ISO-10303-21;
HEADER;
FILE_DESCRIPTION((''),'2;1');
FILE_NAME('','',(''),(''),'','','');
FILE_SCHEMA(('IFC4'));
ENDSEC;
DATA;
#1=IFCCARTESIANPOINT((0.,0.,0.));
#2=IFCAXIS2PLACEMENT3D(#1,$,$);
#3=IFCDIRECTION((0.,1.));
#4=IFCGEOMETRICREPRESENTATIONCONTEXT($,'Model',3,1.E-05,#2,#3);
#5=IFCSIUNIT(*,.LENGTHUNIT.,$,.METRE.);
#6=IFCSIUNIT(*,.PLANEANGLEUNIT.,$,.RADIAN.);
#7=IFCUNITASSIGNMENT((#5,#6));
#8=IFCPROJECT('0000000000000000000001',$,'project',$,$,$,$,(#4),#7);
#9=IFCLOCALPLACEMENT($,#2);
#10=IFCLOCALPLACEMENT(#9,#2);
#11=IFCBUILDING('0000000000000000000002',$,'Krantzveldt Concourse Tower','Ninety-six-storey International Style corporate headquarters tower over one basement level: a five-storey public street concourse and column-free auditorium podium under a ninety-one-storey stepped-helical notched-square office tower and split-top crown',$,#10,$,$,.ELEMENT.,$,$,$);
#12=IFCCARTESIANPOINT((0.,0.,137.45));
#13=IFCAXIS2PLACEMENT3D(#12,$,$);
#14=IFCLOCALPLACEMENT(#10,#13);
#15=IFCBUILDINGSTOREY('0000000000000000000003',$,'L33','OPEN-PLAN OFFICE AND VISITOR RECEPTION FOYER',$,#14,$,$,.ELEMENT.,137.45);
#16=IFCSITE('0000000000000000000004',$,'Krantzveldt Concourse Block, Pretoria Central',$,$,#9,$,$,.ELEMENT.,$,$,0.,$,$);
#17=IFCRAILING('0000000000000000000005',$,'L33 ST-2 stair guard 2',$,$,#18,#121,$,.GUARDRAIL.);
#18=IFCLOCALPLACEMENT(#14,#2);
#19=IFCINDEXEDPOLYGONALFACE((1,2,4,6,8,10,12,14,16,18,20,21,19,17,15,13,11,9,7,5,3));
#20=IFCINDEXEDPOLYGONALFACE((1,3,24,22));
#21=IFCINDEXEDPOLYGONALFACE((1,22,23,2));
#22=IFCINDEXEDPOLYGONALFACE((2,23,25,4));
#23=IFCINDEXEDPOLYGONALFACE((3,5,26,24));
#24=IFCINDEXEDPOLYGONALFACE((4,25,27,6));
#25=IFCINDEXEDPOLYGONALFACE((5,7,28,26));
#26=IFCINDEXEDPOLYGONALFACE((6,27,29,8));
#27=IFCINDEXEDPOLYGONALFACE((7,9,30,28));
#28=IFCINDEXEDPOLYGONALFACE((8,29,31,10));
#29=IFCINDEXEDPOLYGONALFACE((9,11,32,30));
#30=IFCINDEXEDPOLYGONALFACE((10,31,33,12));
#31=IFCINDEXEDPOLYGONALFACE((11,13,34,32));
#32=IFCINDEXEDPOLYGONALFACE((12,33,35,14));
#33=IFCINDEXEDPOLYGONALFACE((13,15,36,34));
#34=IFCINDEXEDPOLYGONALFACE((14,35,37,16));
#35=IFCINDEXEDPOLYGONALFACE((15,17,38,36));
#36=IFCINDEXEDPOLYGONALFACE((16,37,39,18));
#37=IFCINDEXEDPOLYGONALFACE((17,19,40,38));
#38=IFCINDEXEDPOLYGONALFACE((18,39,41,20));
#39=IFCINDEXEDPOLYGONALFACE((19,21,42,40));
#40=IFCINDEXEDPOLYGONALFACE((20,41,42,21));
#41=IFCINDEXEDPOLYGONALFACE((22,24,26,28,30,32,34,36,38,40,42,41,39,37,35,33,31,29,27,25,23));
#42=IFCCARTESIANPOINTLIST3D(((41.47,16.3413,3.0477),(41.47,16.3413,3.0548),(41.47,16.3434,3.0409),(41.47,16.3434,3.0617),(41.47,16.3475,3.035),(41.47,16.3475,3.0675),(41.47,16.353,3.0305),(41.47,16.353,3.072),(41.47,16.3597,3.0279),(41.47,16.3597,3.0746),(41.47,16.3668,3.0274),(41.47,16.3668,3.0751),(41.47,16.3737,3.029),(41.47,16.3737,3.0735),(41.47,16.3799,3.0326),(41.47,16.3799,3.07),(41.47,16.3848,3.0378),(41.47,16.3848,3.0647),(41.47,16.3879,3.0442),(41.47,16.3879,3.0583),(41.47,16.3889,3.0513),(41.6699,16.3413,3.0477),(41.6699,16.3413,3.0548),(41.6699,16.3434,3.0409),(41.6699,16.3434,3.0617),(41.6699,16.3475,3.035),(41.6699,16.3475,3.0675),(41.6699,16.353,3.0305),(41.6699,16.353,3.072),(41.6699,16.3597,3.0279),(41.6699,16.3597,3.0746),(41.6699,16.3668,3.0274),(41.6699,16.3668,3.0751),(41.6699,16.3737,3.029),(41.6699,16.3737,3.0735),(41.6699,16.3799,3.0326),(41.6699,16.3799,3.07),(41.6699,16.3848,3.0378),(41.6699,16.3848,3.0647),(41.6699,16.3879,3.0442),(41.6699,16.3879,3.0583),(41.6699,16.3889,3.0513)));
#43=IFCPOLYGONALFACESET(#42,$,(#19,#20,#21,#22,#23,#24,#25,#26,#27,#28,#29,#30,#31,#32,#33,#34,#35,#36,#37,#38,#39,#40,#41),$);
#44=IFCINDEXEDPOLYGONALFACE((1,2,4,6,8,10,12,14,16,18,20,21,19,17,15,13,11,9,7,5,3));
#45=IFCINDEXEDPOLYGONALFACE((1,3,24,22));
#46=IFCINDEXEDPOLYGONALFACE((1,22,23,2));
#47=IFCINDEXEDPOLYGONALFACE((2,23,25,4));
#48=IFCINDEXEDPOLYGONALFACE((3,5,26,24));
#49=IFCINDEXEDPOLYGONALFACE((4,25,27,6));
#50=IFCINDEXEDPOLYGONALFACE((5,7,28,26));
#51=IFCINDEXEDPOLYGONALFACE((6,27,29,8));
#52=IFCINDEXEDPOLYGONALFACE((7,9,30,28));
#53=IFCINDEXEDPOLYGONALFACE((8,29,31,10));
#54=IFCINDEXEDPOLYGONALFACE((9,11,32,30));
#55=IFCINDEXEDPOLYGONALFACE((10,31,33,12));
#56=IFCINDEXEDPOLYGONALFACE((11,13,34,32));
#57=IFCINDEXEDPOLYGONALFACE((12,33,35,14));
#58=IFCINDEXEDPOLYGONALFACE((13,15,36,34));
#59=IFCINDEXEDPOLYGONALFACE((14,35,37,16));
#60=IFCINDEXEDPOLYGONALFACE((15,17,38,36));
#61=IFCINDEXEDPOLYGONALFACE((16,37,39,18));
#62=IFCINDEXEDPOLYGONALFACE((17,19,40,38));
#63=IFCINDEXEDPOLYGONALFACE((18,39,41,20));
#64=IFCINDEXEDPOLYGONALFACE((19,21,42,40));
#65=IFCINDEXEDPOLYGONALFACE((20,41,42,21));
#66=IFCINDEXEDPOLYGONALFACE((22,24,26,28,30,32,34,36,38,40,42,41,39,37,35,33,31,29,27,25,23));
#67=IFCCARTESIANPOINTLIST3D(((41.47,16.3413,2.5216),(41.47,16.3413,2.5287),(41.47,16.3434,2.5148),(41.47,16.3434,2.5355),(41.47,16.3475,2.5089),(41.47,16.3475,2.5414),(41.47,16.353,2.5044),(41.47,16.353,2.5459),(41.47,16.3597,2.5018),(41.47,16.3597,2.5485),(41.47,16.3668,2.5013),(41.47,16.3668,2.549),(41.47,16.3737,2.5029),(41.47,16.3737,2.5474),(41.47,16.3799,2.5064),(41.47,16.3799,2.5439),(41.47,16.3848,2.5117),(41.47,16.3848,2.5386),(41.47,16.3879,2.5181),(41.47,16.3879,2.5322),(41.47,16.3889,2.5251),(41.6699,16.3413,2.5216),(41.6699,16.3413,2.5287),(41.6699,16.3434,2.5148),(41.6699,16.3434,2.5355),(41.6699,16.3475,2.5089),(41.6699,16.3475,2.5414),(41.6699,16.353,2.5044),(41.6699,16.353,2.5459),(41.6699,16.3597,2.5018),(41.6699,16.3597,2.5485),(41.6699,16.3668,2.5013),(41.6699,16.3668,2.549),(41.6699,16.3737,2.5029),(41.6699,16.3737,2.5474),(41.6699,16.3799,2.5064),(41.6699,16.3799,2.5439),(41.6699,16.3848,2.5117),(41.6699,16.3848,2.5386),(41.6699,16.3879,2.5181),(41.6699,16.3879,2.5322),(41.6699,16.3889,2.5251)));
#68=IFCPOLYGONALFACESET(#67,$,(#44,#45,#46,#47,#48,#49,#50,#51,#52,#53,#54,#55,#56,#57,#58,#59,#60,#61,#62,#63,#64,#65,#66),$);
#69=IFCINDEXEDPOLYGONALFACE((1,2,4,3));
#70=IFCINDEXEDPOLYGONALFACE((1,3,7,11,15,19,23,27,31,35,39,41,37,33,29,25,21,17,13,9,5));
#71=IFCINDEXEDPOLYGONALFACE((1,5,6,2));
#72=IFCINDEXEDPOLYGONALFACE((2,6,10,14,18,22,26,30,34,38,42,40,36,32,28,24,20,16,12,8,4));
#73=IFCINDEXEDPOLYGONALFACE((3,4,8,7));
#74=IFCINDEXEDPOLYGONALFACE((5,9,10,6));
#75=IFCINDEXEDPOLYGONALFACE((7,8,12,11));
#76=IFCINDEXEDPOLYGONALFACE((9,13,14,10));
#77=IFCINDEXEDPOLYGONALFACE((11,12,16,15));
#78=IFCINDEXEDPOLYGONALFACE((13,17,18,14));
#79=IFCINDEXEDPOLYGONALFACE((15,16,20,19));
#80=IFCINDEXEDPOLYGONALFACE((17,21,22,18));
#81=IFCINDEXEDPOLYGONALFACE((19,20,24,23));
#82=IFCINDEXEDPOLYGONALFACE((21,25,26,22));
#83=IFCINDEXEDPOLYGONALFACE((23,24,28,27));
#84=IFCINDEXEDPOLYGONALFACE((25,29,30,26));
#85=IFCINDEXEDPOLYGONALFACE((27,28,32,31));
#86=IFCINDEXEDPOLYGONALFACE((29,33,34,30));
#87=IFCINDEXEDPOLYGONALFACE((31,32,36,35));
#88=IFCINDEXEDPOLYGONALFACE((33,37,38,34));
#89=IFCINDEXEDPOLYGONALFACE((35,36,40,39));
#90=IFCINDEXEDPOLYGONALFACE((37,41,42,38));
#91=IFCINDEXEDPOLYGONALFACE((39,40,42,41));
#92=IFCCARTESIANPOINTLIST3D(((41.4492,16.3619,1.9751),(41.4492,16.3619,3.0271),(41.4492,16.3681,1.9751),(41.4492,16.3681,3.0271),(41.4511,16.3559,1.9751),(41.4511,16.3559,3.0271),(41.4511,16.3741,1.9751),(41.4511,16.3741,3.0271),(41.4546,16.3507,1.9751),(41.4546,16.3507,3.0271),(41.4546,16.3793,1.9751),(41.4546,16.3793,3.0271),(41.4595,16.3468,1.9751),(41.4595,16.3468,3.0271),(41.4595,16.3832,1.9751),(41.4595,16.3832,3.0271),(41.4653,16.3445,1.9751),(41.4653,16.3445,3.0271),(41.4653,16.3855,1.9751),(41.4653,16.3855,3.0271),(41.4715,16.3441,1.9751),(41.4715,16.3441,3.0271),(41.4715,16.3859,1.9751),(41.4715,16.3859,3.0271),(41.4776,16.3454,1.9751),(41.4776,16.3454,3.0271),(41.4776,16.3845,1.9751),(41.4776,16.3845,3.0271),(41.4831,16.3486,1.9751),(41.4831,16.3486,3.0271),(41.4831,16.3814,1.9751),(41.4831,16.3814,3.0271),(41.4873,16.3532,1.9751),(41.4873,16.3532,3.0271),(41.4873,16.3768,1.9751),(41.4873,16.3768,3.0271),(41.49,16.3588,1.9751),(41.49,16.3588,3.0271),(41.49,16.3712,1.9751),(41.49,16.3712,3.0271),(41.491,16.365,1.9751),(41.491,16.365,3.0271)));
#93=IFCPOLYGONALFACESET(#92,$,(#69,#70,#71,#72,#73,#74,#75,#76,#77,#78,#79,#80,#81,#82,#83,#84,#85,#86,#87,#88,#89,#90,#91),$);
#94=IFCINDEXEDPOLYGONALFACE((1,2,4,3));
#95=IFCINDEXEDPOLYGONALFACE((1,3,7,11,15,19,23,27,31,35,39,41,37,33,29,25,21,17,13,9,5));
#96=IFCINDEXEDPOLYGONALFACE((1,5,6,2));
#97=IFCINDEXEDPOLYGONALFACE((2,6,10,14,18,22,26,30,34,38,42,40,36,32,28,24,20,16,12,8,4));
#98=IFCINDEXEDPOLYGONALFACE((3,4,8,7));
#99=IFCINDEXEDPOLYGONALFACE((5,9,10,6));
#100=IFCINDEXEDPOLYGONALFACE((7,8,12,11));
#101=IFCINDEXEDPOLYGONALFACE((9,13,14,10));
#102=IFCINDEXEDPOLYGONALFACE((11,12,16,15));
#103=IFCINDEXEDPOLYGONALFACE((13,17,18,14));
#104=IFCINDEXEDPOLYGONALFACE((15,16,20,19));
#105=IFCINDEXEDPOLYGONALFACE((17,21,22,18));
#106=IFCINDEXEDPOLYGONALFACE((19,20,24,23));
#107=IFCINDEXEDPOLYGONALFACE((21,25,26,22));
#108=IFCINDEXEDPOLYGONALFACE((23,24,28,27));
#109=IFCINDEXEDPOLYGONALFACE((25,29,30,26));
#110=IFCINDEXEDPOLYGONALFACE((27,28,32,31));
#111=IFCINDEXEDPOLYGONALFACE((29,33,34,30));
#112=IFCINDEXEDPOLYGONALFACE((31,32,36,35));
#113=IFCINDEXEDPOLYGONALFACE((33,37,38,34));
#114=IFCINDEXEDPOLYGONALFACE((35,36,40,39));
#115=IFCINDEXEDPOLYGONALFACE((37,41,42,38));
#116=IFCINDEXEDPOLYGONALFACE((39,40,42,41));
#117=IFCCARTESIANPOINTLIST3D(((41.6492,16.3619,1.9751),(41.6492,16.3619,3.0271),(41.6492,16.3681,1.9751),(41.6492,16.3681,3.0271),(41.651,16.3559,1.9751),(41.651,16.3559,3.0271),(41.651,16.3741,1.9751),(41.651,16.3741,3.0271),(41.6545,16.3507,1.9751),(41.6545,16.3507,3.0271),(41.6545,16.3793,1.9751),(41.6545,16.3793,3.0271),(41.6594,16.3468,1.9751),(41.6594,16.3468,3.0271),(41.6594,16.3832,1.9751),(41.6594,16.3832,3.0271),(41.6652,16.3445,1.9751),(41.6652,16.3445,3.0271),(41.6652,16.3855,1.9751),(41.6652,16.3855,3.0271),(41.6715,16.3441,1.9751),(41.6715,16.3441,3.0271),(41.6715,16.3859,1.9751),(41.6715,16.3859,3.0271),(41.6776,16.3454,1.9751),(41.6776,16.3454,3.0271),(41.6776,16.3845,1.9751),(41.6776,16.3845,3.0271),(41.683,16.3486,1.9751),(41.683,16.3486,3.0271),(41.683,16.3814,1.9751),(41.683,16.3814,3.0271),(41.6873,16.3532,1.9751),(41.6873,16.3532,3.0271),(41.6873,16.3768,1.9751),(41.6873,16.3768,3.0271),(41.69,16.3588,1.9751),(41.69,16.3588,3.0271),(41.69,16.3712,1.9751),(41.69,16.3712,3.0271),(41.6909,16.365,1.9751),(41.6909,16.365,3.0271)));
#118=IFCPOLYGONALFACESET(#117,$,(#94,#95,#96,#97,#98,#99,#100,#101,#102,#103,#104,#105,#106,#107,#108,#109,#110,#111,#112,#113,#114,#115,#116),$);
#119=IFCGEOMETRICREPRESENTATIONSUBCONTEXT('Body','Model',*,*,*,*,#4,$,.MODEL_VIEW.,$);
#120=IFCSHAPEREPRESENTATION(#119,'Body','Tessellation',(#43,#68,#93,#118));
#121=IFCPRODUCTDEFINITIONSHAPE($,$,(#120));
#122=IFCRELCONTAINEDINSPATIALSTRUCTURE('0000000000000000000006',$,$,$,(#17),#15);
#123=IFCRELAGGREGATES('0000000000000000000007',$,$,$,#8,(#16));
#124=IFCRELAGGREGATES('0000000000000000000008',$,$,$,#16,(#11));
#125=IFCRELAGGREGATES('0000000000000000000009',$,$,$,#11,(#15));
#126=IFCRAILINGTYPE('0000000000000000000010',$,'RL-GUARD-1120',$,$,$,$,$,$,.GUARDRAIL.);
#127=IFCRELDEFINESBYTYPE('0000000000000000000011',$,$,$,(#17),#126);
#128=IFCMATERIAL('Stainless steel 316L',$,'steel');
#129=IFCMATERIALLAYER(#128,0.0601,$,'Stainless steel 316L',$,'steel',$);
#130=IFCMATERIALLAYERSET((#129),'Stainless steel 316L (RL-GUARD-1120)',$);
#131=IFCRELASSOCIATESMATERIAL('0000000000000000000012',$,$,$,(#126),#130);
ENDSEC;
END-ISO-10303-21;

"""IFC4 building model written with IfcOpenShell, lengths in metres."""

from ifc_helpers import new_model, si_unit, direction, frame, origin, origin_2d, place, context, subcontext, project, spatial, circle, extrude, material, layer, layer_set, type_object, element, save


model = new_model("IFC4")

# Units and contexts
model_context = context("Model", 3, precision=1e-05, world=origin(), true_north=direction((0.0, 1.0)))
body_context = subcontext(model_context, "Body", "Model", "MODEL_VIEW")
ifc_project = project(units=[si_unit("LENGTHUNIT", "METRE"), si_unit("PLANEANGLEUNIT", "RADIAN")], contexts=[model_context])

# Site, building, storey
site_placement = place(None, origin())
site = spatial("IfcSite", under=ifc_project, at=site_placement, Name="Krantzveldt Concourse Block, Pretoria Central", CompositionType="ELEMENT", RefElevation=0.0)
building_placement = place(site_placement, origin())
building = spatial("IfcBuilding", under=site, at=building_placement, Name="Krantzveldt Concourse Tower", Description="Ninety-six-storey International Style corporate headquarters tower over one basement level: a five-storey public street concourse and column-free auditorium podium under a ninety-one-storey stepped-helical notched-square office tower and split-top crown", CompositionType="ELEMENT")
storey_placement = place(building_placement, frame((0.0, 0.0, 137.45)))
storey = spatial("IfcBuildingStorey", under=building, at=storey_placement, Name="L33", Description="OPEN-PLAN OFFICE AND VISITOR RECEPTION FOYER", CompositionType="ELEMENT", Elevation=137.45)

# Shared definitions
ifc_material_1 = material(Name="Stainless steel 316L", Category="steel")

# Railing
ifc_layer_1 = layer(ifc_material_1, 0.0601, Name="Stainless steel 316L", Category="steel")
ifc_layer_set_1 = layer_set([ifc_layer_1], Name="Stainless steel 316L (RL-GUARD-1120)")
railing_type_1 = type_object("IfcRailingType", Name="RL-GUARD-1120", PredefinedType="GUARDRAIL", material=ifc_layer_set_1)
railing_1_placement = place(storey_placement, frame((41.47, 16.365, 1.9751)))
element("IfcRailing", 1, at=railing_1_placement, inside=storey, type_object=railing_type_1, Name="L33 ST-2 stair guard 2", PredefinedType="GUARDRAIL", context=body_context, shape_type="SweptSolid", body=[
    extrude(circle(Radius=0.0239, at=origin_2d()), frame((0.0, 0.0, 1.0762), z_axis=(1.0, 0.0, 0.0), x_axis=(0.0, 1.0, 0.0)), (0.0, 0.0, 1.0), 0.2),
    extrude(circle(Radius=0.0239, at=origin_2d()), frame((0.0, 0.0, 0.55), z_axis=(1.0, 0.0, 0.0), x_axis=(0.0, 1.0, 0.0)), (0.0, 0.0, 1.0), 0.2),
    extrude(circle(Radius=0.021, at=origin_2d()), origin(), (0.0, 0.0, 1.0), 1.052),
    extrude(circle(Radius=0.021, at=origin_2d()), frame((0.2, 0.0, 0.0)), (0.0, 0.0, 1.0), 1.052),
])

save(model, "model.ifc")
